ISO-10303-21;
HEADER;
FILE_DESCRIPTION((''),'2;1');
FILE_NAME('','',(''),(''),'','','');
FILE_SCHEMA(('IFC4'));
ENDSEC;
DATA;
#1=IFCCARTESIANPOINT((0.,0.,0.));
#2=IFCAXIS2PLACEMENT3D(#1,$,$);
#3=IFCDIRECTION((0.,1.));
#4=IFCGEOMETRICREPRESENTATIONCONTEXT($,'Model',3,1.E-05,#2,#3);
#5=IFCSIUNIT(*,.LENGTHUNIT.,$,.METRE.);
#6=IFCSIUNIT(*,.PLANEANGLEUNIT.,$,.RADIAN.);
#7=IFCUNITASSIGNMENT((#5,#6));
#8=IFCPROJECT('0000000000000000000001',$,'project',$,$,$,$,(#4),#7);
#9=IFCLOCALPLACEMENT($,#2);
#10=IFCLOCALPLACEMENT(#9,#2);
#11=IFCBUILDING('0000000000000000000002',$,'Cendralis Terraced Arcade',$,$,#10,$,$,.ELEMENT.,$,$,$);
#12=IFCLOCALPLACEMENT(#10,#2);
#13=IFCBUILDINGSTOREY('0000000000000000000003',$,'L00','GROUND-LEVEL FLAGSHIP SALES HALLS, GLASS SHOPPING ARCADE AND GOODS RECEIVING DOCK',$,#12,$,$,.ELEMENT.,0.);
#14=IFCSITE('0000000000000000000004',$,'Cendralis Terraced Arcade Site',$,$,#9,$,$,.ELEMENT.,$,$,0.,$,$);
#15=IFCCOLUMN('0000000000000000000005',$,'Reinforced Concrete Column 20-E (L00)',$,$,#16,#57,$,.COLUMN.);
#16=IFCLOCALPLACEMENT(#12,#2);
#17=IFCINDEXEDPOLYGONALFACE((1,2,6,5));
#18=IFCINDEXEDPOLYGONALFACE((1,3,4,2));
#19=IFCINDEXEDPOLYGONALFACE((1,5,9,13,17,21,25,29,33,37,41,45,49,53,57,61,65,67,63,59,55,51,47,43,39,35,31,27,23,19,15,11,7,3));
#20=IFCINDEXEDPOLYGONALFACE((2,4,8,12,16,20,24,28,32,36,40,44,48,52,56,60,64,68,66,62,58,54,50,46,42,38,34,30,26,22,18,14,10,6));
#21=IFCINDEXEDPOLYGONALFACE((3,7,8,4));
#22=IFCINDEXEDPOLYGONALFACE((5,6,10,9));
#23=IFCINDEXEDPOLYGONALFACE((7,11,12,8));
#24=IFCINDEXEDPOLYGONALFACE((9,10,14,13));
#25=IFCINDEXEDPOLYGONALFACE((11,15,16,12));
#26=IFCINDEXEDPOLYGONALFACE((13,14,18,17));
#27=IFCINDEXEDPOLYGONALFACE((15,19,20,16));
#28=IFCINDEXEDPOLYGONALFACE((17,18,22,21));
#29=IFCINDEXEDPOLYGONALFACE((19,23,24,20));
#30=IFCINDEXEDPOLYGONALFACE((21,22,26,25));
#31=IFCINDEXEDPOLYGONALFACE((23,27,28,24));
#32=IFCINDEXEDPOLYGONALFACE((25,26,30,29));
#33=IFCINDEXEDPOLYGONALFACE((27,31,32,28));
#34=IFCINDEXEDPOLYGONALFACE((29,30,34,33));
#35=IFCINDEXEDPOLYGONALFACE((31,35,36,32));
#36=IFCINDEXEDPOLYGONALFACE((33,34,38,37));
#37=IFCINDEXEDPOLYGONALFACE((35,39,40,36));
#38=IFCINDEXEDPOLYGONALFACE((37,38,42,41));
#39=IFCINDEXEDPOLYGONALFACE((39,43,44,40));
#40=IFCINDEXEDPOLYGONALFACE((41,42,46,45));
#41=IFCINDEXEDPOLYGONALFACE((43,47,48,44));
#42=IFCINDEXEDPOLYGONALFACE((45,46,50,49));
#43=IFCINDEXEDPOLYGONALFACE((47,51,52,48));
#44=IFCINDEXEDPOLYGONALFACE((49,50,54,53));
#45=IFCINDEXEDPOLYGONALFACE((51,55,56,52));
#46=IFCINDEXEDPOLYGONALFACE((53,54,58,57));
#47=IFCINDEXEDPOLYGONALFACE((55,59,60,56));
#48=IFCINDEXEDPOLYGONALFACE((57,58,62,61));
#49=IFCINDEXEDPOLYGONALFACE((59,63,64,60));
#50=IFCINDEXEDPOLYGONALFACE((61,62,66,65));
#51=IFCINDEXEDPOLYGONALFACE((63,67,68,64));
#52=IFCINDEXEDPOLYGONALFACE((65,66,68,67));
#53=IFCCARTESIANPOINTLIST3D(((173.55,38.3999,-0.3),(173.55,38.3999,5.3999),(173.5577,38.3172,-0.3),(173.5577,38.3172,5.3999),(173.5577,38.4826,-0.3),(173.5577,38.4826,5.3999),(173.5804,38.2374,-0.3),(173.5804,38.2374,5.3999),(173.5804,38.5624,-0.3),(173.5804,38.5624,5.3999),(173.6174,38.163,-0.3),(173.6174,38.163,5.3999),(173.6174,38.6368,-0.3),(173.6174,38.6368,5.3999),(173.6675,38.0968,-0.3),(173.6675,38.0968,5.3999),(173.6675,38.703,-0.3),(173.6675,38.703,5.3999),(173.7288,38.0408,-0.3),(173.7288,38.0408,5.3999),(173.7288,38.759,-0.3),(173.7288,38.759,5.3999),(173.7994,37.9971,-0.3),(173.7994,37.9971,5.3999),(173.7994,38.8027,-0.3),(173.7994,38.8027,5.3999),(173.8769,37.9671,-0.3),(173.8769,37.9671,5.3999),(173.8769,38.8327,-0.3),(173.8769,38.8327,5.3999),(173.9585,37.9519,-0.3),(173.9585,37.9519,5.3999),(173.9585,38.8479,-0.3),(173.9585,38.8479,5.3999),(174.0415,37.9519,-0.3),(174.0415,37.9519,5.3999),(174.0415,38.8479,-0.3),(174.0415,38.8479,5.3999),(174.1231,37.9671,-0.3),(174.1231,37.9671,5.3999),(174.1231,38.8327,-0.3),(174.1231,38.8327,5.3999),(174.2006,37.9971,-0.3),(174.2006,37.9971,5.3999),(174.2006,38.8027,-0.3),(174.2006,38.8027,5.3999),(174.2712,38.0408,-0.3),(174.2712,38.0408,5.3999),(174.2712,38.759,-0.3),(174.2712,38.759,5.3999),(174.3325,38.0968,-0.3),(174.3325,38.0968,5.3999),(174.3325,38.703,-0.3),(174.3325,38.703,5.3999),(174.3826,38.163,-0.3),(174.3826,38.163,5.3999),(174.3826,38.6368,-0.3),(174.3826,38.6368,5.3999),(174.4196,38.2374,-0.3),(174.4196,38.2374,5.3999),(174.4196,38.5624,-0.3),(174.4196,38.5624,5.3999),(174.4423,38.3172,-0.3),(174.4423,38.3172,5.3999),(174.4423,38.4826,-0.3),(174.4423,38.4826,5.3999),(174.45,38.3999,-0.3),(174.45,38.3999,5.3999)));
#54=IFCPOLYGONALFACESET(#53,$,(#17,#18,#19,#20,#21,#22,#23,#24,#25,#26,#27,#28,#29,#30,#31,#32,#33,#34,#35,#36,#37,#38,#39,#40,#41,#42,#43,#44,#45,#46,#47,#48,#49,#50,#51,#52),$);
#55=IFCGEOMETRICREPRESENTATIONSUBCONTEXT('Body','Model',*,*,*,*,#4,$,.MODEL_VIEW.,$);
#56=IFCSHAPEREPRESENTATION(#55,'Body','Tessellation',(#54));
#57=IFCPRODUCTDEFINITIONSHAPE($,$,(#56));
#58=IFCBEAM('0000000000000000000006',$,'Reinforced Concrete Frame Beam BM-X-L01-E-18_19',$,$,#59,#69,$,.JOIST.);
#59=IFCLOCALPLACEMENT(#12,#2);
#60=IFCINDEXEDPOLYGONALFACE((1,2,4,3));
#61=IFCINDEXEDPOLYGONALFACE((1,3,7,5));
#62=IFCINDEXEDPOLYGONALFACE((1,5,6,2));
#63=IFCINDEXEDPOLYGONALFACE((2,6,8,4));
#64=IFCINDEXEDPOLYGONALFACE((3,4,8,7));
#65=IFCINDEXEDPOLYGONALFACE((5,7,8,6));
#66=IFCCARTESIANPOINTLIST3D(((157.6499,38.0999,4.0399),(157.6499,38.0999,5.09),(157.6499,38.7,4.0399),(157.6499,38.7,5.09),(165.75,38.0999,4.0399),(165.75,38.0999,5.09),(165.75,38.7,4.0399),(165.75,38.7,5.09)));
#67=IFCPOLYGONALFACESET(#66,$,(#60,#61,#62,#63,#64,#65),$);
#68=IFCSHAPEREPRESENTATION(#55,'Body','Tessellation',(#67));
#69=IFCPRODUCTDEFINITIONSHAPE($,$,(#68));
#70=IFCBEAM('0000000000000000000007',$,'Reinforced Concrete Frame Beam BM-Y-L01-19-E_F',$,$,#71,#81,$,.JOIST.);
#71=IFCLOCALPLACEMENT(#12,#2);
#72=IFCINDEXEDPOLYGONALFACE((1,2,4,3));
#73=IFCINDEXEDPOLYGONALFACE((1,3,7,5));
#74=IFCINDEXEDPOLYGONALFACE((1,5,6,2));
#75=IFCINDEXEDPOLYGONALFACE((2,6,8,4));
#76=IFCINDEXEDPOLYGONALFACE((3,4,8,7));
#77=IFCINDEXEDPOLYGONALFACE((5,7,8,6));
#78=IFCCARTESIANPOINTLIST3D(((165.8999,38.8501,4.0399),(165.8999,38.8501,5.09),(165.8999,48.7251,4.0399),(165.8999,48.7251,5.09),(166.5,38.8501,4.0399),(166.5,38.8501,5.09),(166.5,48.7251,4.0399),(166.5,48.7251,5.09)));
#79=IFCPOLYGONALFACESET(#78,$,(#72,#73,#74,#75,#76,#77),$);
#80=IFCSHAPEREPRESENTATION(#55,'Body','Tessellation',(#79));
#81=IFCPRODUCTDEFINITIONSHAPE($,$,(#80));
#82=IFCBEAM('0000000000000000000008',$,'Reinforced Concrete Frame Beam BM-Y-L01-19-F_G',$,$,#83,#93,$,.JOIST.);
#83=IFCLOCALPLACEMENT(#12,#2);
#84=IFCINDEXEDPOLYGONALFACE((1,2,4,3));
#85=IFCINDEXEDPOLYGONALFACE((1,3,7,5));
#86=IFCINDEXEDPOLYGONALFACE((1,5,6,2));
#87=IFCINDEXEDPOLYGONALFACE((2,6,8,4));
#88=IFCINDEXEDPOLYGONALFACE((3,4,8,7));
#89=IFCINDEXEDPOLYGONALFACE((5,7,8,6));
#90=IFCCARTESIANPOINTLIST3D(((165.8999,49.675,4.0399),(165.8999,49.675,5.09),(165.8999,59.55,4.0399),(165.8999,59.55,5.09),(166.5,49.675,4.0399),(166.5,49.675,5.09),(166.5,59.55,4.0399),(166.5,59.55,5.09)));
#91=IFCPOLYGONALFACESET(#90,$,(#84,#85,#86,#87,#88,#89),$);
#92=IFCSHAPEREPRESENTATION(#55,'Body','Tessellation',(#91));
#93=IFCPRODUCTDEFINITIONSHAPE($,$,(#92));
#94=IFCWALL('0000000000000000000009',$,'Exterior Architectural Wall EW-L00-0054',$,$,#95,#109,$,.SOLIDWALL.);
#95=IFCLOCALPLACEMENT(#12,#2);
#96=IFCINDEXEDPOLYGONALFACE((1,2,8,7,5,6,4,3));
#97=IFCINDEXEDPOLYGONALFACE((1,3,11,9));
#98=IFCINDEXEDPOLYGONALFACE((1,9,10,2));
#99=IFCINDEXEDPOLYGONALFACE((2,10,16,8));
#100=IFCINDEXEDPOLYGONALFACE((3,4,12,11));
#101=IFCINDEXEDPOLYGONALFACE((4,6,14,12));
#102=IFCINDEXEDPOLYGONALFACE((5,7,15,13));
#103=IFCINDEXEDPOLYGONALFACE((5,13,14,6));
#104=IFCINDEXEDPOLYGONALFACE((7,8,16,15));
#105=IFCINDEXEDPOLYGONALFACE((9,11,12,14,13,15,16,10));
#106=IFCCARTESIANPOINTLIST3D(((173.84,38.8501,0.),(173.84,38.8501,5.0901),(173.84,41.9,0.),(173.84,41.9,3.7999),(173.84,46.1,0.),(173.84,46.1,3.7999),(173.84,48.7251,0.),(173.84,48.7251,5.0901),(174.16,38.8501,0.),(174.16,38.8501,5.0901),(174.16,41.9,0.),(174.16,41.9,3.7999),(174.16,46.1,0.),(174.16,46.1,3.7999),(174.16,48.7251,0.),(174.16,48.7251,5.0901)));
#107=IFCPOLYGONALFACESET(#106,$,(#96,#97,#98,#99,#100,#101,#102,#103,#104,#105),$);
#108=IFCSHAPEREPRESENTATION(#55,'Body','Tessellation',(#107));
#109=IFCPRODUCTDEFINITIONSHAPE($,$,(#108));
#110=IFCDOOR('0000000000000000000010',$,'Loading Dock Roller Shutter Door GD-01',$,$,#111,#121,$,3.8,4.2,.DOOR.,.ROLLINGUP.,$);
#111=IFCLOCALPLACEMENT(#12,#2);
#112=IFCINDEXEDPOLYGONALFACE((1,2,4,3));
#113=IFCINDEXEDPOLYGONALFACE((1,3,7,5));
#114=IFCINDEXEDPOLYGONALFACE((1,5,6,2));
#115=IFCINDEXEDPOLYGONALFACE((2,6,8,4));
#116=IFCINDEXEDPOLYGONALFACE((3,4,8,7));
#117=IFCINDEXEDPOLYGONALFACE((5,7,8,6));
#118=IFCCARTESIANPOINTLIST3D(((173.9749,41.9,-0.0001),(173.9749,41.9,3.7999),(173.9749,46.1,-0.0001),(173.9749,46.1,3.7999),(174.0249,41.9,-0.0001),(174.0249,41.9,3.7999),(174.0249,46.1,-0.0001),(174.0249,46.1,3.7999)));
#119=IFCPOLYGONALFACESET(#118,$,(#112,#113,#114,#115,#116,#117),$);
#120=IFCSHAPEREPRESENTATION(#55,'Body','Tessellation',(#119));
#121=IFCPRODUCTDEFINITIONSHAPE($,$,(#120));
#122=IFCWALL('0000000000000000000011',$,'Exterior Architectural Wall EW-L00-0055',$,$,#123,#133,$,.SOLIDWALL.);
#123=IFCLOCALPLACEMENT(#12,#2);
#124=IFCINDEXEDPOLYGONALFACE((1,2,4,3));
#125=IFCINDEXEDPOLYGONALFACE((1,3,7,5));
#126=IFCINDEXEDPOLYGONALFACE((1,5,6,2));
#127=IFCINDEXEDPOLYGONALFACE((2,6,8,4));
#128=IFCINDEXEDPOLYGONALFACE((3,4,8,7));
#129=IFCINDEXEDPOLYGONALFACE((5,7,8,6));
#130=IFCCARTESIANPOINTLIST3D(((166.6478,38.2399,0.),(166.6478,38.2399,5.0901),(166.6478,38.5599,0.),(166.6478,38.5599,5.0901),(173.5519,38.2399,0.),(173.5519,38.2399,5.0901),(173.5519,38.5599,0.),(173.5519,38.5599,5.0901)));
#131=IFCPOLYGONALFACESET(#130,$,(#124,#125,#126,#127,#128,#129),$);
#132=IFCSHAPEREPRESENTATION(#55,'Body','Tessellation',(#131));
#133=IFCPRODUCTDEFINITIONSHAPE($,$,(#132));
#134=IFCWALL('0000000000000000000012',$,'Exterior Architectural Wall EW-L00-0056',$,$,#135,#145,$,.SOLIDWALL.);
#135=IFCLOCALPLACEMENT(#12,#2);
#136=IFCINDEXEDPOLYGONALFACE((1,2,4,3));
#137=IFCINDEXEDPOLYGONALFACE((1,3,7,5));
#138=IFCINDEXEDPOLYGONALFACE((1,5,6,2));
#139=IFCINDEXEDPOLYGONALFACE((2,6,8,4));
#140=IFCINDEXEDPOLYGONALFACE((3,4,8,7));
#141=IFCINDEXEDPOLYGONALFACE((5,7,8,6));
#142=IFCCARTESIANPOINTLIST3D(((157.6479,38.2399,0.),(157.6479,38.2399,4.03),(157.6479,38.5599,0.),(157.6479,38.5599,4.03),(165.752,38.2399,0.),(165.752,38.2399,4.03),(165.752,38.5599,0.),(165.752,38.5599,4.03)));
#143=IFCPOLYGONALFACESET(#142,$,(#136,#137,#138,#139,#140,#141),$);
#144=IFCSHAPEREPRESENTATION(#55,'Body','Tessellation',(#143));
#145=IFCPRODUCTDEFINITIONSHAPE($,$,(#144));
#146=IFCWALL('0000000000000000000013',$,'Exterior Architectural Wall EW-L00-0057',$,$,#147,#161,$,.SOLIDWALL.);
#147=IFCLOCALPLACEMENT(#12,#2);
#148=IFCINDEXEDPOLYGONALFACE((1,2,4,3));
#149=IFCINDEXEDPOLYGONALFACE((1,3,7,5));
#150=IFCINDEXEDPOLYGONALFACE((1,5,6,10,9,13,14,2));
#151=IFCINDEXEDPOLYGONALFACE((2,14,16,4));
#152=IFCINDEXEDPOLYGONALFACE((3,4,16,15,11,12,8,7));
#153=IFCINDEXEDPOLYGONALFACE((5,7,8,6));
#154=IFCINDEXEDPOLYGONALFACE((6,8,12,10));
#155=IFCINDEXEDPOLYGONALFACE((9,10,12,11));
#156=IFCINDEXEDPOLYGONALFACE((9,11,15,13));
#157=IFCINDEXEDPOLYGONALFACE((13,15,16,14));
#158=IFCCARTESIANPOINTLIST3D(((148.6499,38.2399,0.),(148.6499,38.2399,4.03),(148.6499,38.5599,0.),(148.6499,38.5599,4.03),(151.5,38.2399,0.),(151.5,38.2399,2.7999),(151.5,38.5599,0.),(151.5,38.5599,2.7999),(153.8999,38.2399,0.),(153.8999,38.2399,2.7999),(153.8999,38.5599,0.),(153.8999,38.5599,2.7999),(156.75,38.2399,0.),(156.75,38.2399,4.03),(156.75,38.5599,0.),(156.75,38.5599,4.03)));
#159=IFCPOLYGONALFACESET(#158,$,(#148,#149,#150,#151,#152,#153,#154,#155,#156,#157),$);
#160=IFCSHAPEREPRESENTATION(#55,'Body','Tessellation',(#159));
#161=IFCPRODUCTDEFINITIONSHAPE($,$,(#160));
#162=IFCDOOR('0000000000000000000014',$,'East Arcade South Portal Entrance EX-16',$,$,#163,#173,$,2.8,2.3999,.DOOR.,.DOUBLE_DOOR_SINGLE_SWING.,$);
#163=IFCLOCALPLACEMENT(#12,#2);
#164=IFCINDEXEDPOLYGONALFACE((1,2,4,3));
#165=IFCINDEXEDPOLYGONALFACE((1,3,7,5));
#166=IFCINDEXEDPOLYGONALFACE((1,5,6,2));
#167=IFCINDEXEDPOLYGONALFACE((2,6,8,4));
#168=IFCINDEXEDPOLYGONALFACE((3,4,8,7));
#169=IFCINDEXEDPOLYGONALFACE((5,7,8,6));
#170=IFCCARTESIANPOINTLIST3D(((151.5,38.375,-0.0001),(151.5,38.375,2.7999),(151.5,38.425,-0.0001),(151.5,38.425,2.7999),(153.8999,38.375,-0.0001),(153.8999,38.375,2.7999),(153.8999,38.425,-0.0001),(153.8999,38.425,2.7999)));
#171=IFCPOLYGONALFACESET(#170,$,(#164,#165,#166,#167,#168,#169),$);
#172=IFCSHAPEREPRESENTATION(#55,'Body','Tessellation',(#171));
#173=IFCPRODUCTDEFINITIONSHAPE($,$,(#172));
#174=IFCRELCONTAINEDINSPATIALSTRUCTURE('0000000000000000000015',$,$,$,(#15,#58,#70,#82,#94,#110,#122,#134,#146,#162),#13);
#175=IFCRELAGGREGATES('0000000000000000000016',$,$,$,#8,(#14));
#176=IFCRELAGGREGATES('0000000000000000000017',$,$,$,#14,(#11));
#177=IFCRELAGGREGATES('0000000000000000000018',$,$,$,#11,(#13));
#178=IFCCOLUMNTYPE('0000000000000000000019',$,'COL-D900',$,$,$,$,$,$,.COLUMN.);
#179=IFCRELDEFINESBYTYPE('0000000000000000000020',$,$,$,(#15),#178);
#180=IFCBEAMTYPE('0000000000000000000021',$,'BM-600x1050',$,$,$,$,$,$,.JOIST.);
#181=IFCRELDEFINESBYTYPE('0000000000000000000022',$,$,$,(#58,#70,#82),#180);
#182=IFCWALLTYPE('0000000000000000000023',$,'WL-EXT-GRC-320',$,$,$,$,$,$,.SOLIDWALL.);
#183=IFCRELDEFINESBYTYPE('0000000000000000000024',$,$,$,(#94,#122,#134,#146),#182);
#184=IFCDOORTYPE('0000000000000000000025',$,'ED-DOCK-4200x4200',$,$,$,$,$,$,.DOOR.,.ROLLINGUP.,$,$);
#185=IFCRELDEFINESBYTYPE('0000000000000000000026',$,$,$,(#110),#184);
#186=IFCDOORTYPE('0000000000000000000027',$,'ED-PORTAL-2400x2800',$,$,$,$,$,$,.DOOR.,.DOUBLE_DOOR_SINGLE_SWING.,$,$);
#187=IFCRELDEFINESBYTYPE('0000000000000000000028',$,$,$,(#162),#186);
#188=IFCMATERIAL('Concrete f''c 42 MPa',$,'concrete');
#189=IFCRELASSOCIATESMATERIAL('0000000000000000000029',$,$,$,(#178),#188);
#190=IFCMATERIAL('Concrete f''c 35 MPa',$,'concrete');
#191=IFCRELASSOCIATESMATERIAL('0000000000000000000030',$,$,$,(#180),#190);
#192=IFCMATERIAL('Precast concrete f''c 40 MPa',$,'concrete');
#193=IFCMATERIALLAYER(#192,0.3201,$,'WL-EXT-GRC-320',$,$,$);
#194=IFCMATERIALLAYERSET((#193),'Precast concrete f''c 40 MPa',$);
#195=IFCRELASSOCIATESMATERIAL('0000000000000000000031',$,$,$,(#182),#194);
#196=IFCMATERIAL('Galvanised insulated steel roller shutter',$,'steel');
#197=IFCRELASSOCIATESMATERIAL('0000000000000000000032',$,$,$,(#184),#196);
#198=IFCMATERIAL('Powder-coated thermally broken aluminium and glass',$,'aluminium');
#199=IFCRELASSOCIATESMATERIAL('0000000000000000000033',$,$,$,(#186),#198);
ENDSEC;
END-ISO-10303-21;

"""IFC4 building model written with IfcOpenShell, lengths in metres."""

from ifc_helpers import new_model, si_unit, direction, frame, frame_2d, origin, origin_2d, place, context, subcontext, project, spatial, rectangle, circle, extrude, material, layer, layer_set, material_profile, profile_set, type_object, element, fill, save


model = new_model("IFC4")

# Units and contexts
model_context = context("Model", 3, precision=1e-05, world=origin(), true_north=direction((0.0, 1.0)))
body_context = subcontext(model_context, "Body", "Model", "MODEL_VIEW")
ifc_project = project(units=[si_unit("LENGTHUNIT", "METRE"), si_unit("PLANEANGLEUNIT", "RADIAN")], contexts=[model_context])

# Site, building, storey
site_placement = place(None, origin())
site = spatial("IfcSite", under=ifc_project, at=site_placement, Name="Cendralis Terraced Arcade Site", CompositionType="ELEMENT", RefElevation=0.0)
building_placement = place(site_placement, origin())
building = spatial("IfcBuilding", under=site, at=building_placement, Name="Cendralis Terraced Arcade", CompositionType="ELEMENT")
storey_placement = place(building_placement, origin())
storey = spatial("IfcBuildingStorey", under=building, at=storey_placement, Name="L00", Description="GROUND-LEVEL FLAGSHIP SALES HALLS, GLASS SHOPPING ARCADE AND GOODS RECEIVING DOCK", CompositionType="ELEMENT", Elevation=0.0)

# Shared definitions
ifc_material_1 = material(Name="Concrete f'c 35 MPa", Category="concrete")

# Column
ifc_material_2 = material(Name="Concrete f'c 42 MPa", Category="concrete")
ifc_material_profile_1 = material_profile(ifc_material_2, circle(Radius=0.45, at=origin_2d()), Name="RC-COL-D900", Category="LoadBearing")
ifc_profile_set_1 = profile_set([ifc_material_profile_1], Name="Concrete f'c 42 MPa")
column_type_1 = type_object("IfcColumnType", Name="COL-D900", PredefinedType="COLUMN", material=ifc_profile_set_1)
column_1_placement = place(storey_placement, frame((174.0, 38.3999, -0.3), z_axis=(0.0, 0.0, 1.0), x_axis=(1.0, 0.0, 0.0)))
element("IfcColumn", 1, at=column_1_placement, inside=storey, type_object=column_type_1, Name="Reinforced Concrete Column 20-E (L00)", PredefinedType="COLUMN", context=body_context, shape_type="SweptSolid", body=[
    extrude(circle(Radius=0.45, at=origin_2d()), origin(), (0.0, 0.0, 1.0), 5.7),
])

# Beams
ifc_material_profile_2 = material_profile(ifc_material_1, rectangle(XDim=0.6001, YDim=1.05, at=origin_2d()), Name="RC-BM-600x1050", Category="LoadBearing")
ifc_profile_set_2 = profile_set([ifc_material_profile_2], Name="Concrete f'c 35 MPa")
beam_type = type_object("IfcBeamType", Name="BM-600x1050", PredefinedType="JOIST", material=ifc_profile_set_2)
beam_placement = place(storey_placement, frame((157.6499, 38.3999, 4.5649), z_axis=(1.0, 0.0, 0.0), x_axis=(0.0, 1.0, 0.0)))
element("IfcBeam", 2, at=beam_placement, inside=storey, type_object=beam_type, Name="Reinforced Concrete Frame Beam BM-X-L01-E-18_19", PredefinedType="JOIST", context=body_context, shape_type="SweptSolid", body=[
    extrude(rectangle(XDim=0.6001, YDim=1.05, at=origin_2d()), origin(), (0.0, 0.0, 1.0), 8.1001),
])
for number, where, z_axis, x_axis, name in (
    (3, (166.2, 38.8501, 4.5649), (0.0, 1.0, 0.0), (-1.0, 0.0, 0.0), "Reinforced Concrete Frame Beam BM-Y-L01-19-E_F"),
    (4, (166.2, 49.675, 4.5649), (0.0, 1.0, 0.0), (-1.0, 0.0, 0.0), "Reinforced Concrete Frame Beam BM-Y-L01-19-F_G"),
):
    element("IfcBeam", number, at=place(storey_placement, frame(where, z_axis=z_axis, x_axis=x_axis)), inside=storey, type_object=beam_type, Name=name, PredefinedType="JOIST", context=body_context, shape_type="SweptSolid", body=[
        extrude(rectangle(XDim=0.6001, YDim=1.05, at=origin_2d()), origin(), (0.0, 0.0, 1.0), 9.875),
    ])

# Wall, opening, door
ifc_material_3 = material(Name="Precast concrete f'c 40 MPa", Category="concrete")
ifc_layer_1 = layer(ifc_material_3, 0.3201, Name="WL-EXT-GRC-320")
ifc_layer_set_1 = layer_set([ifc_layer_1], Name="Precast concrete f'c 40 MPa")
wall_type_1 = type_object("IfcWallType", Name="WL-EXT-GRC-320", PredefinedType="SOLIDWALL", material=ifc_layer_set_1)
wall_1_placement = place(storey_placement, frame((174.0, 48.7251, 0.0), z_axis=(0.0, 0.0, 1.0), x_axis=(0.0, -1.0, 0.0)))
wall_1 = element("IfcWall", 5, at=wall_1_placement, inside=storey, type_object=wall_type_1, Name="Exterior Architectural Wall EW-L00-0054", PredefinedType="SOLIDWALL", context=body_context, shape_type="SweptSolid", body=[
    extrude(rectangle(XDim=9.875, YDim=0.3201, at=frame_2d((4.9375, 0.0))), origin(), (0.0, 0.0, 1.0), 5.0901),
])
opening_1_placement = place(wall_1_placement, frame((2.625, 0.0, 0.0)))
opening_1 = element("IfcOpeningElement", 6, at=opening_1_placement, cuts=wall_1, PredefinedType="OPENING", context=body_context, shape_type="SweptSolid", body=[
    extrude(rectangle(XDim=4.2, YDim=3.8, at=frame_2d((2.1001, 1.8999))), frame((0.0, 0.1719, 0.0), z_axis=(0.0, -1.0, 0.0), x_axis=(1.0, 0.0, 0.0)), (0.0, 0.0, 1.0), 0.344),
])
ifc_material_4 = material(Name="Galvanised insulated steel roller shutter", Category="steel")
door_type_1 = type_object("IfcDoorType", Name="ED-DOCK-4200x4200", OperationType="ROLLINGUP", PredefinedType="DOOR", material=ifc_material_4)
door_1_placement = place(opening_1_placement, origin())
door_1 = element("IfcDoor", 7, at=door_1_placement, inside=storey, type_object=door_type_1, Name="Loading Dock Roller Shutter Door GD-01", OperationType="ROLLINGUP", OverallHeight=3.8, OverallWidth=4.2, PredefinedType="DOOR", context=body_context, shape_type="SweptSolid", body=[
    extrude(rectangle(XDim=4.2, YDim=3.8, at=frame_2d((2.1001, 1.8999))), frame((0.0, 0.0249, 0.0), z_axis=(0.0, -1.0, 0.0), x_axis=(1.0, 0.0, 0.0)), (0.0, 0.0, 1.0), 0.05),
])
fill(opening_1, door_1)

# Walls
wall_2_placement = place(storey_placement, frame((173.552, 38.3999, 0.0), z_axis=(0.0, 0.0, 1.0), x_axis=(-1.0, 0.0, 0.0)))
element("IfcWall", 8, at=wall_2_placement, inside=storey, type_object=wall_type_1, Name="Exterior Architectural Wall EW-L00-0055", PredefinedType="SOLIDWALL", context=body_context, shape_type="SweptSolid", body=[
    extrude(rectangle(XDim=6.9041, YDim=0.3201, at=frame_2d((3.4521, 0.0))), origin(), (0.0, 0.0, 1.0), 5.0901),
])
wall_3_placement = place(storey_placement, frame((165.752, 38.3999, 0.0), z_axis=(0.0, 0.0, 1.0), x_axis=(-1.0, 0.0, 0.0)))
element("IfcWall", 9, at=wall_3_placement, inside=storey, type_object=wall_type_1, Name="Exterior Architectural Wall EW-L00-0056", PredefinedType="SOLIDWALL", context=body_context, shape_type="SweptSolid", body=[
    extrude(rectangle(XDim=8.104, YDim=0.3201, at=frame_2d((4.052, 0.0))), origin(), (0.0, 0.0, 1.0), 4.03),
])

# Wall, opening, door
wall_4_placement = place(storey_placement, frame((156.75, 38.3999, 0.0), z_axis=(0.0, 0.0, 1.0), x_axis=(-1.0, 0.0, 0.0)))
wall_4 = element("IfcWall", 10, at=wall_4_placement, inside=storey, type_object=wall_type_1, Name="Exterior Architectural Wall EW-L00-0057", PredefinedType="SOLIDWALL", context=body_context, shape_type="SweptSolid", body=[
    extrude(rectangle(XDim=8.1001, YDim=0.3201, at=frame_2d((4.05, 0.0))), origin(), (0.0, 0.0, 1.0), 4.03),
])
opening_2_placement = place(wall_4_placement, frame((2.8501, 0.0, 0.0)))
opening_2 = element("IfcOpeningElement", 11, at=opening_2_placement, cuts=wall_4, PredefinedType="OPENING", context=body_context, shape_type="SweptSolid", body=[
    extrude(rectangle(XDim=2.3999, YDim=2.8, at=frame_2d((1.2, 1.3999))), frame((0.0, 0.1719, 0.0), z_axis=(0.0, -1.0, 0.0), x_axis=(1.0, 0.0, 0.0)), (0.0, 0.0, 1.0), 0.344),
])
ifc_material_5 = material(Name="Powder-coated thermally broken aluminium and glass", Category="aluminium")
door_type_2 = type_object("IfcDoorType", Name="ED-PORTAL-2400x2800", OperationType="DOUBLE_DOOR_SINGLE_SWING", PredefinedType="DOOR", material=ifc_material_5)
door_2_placement = place(opening_2_placement, origin())
door_2 = element("IfcDoor", 12, at=door_2_placement, inside=storey, type_object=door_type_2, Name="East Arcade South Portal Entrance EX-16", OperationType="DOUBLE_DOOR_SINGLE_SWING", OverallHeight=2.8, OverallWidth=2.3999, PredefinedType="DOOR", context=body_context, shape_type="SweptSolid", body=[
    extrude(rectangle(XDim=2.3999, YDim=2.8, at=frame_2d((1.2, 1.3999))), frame((0.0, 0.0249, 0.0), z_axis=(0.0, -1.0, 0.0), x_axis=(1.0, 0.0, 0.0)), (0.0, 0.0, 1.0), 0.05),
])
fill(opening_2, door_2)

save(model, "model.ifc")
